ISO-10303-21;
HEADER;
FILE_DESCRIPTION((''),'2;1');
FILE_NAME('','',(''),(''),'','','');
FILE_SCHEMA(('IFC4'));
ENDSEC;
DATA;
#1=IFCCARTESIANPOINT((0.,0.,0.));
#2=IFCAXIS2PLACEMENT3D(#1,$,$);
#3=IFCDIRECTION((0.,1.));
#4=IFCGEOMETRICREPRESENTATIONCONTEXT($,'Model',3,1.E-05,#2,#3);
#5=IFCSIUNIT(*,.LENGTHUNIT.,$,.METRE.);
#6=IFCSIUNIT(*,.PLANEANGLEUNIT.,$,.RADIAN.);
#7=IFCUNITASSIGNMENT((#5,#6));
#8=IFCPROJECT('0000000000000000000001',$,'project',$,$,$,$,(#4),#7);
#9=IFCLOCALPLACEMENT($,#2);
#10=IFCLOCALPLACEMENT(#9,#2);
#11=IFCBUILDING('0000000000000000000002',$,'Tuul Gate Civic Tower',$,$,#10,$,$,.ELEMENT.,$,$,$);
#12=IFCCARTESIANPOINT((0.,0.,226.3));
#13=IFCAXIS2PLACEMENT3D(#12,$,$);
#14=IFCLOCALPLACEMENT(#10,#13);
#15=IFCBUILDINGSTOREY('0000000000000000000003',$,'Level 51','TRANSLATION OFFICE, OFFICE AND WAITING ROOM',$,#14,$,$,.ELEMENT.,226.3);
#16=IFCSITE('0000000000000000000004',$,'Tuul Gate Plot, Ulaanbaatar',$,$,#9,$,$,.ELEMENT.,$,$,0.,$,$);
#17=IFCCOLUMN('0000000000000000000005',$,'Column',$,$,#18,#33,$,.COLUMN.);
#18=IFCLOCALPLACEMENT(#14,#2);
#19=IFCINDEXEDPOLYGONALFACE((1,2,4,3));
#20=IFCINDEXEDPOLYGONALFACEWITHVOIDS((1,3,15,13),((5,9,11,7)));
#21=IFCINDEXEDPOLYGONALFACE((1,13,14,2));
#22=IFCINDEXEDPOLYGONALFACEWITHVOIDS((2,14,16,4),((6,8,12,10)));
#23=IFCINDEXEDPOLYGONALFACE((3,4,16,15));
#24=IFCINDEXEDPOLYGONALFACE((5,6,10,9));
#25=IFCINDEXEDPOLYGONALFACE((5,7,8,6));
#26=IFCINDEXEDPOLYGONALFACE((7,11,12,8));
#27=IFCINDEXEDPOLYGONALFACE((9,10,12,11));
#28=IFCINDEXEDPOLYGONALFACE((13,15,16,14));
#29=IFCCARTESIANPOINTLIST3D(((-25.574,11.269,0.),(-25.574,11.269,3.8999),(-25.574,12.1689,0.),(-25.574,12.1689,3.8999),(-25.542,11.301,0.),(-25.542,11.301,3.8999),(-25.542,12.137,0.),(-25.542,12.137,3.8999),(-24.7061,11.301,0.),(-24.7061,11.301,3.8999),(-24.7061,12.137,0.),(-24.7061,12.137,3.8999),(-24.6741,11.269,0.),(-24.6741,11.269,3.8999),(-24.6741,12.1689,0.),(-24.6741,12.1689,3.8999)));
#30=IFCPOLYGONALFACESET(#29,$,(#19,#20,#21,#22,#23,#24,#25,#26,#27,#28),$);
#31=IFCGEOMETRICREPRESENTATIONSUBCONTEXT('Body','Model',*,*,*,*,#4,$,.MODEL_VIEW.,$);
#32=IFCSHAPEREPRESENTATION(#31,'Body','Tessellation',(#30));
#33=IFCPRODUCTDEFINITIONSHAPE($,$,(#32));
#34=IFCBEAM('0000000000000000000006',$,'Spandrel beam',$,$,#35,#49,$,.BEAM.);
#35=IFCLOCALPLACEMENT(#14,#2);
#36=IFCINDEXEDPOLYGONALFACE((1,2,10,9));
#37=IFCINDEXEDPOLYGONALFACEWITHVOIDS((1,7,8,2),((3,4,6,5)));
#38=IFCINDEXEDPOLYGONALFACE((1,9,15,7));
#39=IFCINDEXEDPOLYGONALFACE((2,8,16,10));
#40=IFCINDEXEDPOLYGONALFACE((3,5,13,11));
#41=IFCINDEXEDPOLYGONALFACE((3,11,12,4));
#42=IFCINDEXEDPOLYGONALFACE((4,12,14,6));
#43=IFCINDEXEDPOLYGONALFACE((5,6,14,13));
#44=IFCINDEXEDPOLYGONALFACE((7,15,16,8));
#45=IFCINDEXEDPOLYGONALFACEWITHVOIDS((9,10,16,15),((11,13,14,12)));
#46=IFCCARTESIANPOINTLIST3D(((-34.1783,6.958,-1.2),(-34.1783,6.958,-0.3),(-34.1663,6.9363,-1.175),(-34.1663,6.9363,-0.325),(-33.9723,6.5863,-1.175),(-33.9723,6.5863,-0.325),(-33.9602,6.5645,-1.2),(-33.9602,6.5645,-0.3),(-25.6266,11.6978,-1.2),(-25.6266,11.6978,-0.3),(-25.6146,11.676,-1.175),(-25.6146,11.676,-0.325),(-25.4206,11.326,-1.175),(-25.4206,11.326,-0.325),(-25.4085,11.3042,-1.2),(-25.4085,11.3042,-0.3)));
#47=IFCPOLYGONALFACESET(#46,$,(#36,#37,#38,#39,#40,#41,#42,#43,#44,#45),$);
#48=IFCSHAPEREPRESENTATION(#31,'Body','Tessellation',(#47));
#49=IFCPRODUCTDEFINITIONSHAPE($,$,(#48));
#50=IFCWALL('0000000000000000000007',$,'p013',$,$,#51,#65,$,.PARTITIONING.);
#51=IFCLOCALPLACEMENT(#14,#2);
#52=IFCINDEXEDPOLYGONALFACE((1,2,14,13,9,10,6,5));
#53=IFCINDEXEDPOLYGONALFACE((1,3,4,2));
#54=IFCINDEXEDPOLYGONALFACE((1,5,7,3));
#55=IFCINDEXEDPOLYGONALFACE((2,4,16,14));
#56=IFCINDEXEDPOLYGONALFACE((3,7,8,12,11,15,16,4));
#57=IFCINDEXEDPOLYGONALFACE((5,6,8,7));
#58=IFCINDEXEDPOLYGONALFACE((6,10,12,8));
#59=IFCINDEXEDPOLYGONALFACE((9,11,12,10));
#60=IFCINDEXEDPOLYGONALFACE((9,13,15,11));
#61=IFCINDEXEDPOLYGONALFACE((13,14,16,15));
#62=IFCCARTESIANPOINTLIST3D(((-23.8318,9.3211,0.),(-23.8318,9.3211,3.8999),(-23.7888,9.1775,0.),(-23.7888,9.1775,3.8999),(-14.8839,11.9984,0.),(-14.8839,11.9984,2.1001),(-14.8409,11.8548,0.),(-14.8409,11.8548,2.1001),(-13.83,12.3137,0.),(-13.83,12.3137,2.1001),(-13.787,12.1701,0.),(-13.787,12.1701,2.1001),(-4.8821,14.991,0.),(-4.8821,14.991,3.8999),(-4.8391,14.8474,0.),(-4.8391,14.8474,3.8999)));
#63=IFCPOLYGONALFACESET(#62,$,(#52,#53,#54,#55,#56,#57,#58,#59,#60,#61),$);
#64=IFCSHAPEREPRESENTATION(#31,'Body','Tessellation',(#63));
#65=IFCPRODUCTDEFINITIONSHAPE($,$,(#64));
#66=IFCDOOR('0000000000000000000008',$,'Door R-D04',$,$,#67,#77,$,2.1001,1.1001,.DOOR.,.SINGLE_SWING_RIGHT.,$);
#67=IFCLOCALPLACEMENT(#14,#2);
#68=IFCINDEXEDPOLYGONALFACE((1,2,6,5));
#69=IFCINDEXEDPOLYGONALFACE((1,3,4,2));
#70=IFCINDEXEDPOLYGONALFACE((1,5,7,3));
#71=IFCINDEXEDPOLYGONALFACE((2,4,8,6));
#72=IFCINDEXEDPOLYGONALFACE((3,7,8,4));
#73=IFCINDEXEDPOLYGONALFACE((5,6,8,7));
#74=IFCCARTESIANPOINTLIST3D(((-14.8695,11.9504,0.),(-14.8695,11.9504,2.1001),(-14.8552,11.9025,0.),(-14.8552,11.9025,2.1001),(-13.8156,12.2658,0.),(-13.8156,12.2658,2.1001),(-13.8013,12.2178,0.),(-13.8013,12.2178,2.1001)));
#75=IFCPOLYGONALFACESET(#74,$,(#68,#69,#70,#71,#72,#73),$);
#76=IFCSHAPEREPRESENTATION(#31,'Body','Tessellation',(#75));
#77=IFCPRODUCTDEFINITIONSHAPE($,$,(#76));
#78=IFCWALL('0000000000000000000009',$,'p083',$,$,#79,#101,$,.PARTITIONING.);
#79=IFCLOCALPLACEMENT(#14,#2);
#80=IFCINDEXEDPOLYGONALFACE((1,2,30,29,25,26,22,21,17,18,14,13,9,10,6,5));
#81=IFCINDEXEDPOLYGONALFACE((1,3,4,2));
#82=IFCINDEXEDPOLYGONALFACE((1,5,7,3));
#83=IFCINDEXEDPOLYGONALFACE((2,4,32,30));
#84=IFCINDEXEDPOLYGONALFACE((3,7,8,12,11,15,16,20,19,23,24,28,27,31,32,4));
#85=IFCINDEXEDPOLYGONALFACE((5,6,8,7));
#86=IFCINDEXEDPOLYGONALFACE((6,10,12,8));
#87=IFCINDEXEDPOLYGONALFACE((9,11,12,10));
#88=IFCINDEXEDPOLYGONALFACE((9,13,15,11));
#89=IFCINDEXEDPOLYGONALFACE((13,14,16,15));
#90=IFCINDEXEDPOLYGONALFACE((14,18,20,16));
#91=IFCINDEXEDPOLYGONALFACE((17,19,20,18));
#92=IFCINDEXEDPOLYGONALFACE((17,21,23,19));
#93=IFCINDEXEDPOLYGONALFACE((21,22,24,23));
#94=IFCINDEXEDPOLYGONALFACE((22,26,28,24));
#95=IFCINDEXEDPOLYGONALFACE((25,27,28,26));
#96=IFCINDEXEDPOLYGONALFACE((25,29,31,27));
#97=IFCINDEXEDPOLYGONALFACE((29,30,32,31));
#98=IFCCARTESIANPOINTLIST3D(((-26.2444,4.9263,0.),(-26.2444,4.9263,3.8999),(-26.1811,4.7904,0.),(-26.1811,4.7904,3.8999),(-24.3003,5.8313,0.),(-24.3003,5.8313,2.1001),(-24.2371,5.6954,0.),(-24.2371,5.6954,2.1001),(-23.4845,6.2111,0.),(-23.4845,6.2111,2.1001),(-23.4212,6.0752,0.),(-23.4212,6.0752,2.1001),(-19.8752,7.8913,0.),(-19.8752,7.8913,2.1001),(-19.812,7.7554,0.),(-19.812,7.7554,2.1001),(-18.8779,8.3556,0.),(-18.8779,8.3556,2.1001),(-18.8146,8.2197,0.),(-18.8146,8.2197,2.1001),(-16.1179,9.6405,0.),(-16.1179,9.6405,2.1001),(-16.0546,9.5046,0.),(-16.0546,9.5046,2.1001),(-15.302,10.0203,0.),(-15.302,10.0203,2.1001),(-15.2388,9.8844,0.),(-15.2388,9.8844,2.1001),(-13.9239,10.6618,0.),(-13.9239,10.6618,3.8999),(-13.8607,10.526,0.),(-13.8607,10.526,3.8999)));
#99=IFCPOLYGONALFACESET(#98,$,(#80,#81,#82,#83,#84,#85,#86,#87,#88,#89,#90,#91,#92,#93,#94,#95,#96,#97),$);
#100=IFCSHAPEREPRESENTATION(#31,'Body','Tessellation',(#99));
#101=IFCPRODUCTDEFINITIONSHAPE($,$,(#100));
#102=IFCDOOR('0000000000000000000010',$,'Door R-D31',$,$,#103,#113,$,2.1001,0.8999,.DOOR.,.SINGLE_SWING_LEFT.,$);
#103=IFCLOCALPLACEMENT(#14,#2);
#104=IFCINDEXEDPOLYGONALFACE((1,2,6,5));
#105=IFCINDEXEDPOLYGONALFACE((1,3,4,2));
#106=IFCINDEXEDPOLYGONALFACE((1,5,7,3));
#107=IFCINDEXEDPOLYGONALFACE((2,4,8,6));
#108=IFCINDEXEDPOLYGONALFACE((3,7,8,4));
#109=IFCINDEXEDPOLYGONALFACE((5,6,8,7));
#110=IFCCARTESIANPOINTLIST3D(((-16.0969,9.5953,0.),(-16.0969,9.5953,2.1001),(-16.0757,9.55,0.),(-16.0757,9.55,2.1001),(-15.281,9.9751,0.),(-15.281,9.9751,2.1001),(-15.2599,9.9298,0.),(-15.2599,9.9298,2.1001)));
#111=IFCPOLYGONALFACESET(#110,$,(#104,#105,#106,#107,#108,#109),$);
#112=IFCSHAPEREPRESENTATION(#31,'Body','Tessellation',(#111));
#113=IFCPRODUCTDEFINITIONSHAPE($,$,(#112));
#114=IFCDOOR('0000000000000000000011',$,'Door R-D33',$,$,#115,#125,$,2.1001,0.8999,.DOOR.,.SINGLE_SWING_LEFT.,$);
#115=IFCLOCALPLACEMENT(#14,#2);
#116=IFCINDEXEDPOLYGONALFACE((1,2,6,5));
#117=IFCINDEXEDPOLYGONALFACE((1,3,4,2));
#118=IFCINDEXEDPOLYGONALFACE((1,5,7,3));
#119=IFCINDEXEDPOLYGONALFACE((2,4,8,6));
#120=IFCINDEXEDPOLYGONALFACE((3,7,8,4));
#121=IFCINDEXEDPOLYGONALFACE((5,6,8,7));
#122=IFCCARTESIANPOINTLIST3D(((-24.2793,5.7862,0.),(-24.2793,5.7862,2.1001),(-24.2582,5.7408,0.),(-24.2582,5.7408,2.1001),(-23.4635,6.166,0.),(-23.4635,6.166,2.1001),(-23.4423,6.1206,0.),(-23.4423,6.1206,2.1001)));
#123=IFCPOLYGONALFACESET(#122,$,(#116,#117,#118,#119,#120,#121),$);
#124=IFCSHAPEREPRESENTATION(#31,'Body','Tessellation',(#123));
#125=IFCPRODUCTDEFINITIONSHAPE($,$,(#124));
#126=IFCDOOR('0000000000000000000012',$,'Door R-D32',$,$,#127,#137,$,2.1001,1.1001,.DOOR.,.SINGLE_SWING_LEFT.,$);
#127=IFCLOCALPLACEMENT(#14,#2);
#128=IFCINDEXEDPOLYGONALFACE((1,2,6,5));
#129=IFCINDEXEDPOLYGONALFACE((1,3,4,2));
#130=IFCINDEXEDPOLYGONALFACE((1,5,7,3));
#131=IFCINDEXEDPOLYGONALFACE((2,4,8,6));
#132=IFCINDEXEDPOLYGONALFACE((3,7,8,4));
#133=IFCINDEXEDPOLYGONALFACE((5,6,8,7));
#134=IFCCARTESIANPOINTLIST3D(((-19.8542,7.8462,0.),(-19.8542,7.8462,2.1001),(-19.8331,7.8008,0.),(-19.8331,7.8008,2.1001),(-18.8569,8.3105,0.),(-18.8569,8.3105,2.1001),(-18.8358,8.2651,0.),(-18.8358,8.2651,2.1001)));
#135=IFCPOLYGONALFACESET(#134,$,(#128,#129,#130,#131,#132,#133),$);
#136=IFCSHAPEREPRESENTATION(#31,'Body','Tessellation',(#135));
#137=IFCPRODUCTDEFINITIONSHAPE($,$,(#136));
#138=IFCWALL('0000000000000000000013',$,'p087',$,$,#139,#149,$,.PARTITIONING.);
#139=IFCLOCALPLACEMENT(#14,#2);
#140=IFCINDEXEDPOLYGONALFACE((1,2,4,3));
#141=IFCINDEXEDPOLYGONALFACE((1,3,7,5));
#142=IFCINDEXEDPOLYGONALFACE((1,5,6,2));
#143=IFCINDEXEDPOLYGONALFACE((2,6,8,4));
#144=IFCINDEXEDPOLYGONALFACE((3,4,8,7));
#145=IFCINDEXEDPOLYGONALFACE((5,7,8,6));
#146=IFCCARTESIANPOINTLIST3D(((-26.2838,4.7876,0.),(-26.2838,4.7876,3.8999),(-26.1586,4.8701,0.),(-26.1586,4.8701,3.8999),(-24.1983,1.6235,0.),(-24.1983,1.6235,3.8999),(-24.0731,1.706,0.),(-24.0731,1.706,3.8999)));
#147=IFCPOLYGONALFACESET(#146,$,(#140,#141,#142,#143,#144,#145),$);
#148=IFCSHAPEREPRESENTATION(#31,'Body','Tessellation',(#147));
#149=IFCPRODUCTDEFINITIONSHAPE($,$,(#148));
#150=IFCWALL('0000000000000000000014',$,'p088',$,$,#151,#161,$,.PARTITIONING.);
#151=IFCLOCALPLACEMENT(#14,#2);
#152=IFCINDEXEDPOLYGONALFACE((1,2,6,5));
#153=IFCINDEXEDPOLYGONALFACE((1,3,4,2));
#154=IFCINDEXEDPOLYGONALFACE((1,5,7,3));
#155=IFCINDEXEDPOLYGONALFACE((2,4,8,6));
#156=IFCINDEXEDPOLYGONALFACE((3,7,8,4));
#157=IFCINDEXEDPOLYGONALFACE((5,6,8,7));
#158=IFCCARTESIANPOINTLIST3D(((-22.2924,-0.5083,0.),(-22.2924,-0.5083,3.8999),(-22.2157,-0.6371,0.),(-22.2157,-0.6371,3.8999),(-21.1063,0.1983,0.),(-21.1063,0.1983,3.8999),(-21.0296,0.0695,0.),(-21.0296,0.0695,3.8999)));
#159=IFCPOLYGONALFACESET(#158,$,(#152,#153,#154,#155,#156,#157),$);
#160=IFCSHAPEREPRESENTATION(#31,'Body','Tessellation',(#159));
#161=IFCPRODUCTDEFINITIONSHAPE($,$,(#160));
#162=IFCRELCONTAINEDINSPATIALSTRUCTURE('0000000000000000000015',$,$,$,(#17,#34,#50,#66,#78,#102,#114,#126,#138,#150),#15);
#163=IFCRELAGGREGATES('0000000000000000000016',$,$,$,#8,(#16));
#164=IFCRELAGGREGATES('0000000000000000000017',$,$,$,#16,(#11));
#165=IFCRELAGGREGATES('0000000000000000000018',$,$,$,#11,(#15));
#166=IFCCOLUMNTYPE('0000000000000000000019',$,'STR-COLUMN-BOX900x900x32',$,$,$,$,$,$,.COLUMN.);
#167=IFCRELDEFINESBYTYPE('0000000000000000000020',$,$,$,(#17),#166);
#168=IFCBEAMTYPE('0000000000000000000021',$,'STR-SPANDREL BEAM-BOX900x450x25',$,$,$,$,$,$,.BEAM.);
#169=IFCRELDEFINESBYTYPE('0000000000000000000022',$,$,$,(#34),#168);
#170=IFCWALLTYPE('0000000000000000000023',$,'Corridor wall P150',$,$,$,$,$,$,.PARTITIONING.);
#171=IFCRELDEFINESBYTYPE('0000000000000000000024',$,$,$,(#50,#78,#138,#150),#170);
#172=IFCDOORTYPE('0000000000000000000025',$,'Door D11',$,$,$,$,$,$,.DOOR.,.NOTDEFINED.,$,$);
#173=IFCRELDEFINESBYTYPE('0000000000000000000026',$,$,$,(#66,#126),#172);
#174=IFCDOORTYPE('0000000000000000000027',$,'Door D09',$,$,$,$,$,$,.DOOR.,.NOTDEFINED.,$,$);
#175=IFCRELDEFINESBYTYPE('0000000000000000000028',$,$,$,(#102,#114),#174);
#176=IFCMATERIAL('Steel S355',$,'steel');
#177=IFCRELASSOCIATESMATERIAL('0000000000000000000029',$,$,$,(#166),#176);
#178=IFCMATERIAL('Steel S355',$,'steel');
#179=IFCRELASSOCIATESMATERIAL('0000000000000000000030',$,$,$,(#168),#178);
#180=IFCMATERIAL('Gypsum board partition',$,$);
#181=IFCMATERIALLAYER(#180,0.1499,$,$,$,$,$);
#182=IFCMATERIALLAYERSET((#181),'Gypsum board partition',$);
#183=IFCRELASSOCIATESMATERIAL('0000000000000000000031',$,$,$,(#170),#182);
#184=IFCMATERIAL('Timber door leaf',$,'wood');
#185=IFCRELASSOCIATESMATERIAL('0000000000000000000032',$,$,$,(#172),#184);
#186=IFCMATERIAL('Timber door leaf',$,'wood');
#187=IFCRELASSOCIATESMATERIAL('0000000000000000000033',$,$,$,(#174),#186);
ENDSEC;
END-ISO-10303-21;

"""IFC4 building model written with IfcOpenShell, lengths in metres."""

from ifc_helpers import new_model, si_unit, direction, frame, frame_2d, origin, origin_2d, place, context, subcontext, project, spatial, rectangle, hollow_rectangle, extrude, material, layer, layer_set, material_profile, profile_set, type_object, element, fill, save


model = new_model("IFC4")

# Units and contexts
model_context = context("Model", 3, precision=1e-05, world=origin(), true_north=direction((0.0, 1.0)))
body_context = subcontext(model_context, "Body", "Model", "MODEL_VIEW")
ifc_project = project(units=[si_unit("LENGTHUNIT", "METRE"), si_unit("PLANEANGLEUNIT", "RADIAN")], contexts=[model_context])

# Site, building, storey
site_placement = place(None, origin())
site = spatial("IfcSite", under=ifc_project, at=site_placement, Name="Tuul Gate Plot, Ulaanbaatar", CompositionType="ELEMENT", RefElevation=0.0)
building_placement = place(site_placement, origin())
building = spatial("IfcBuilding", under=site, at=building_placement, Name="Tuul Gate Civic Tower", CompositionType="ELEMENT")
storey_placement = place(building_placement, frame((0.0, 0.0, 226.3)))
storey = spatial("IfcBuildingStorey", under=building, at=storey_placement, Name="Level 51", Description="TRANSLATION OFFICE, OFFICE AND WAITING ROOM", CompositionType="ELEMENT", Elevation=226.3)

# Column
ifc_material_1 = material(Name="Steel S355", Category="steel")
ifc_material_profile_1 = material_profile(ifc_material_1, hollow_rectangle(XDim=0.8999, YDim=0.8999, WallThickness=0.032, at=origin_2d()), Name="BOX900x900x32")
ifc_profile_set_1 = profile_set([ifc_material_profile_1], Name="Steel S355")
column_type = type_object("IfcColumnType", Name="STR-COLUMN-BOX900x900x32", PredefinedType="COLUMN", material=ifc_profile_set_1)
column_placement = place(storey_placement, frame((-25.124, 11.719, 0.0), z_axis=(0.0, 0.0, 1.0), x_axis=(1.0, 0.0, 0.0)))
element("IfcColumn", 1, at=column_placement, inside=storey, type_object=column_type, Name="Column", PredefinedType="COLUMN", context=body_context, shape_type="SweptSolid", body=[
    extrude(hollow_rectangle(XDim=0.8999, YDim=0.8999, WallThickness=0.032, at=origin_2d()), origin(), (0.0, 0.0, 1.0), 3.8999),
])

# Beam
ifc_material_2 = material(Name="Steel S355", Category="steel")
ifc_material_profile_2 = material_profile(ifc_material_2, hollow_rectangle(XDim=0.45, YDim=0.8999, WallThickness=0.0249, at=origin_2d()), Name="BOX900x450x25")
ifc_profile_set_2 = profile_set([ifc_material_profile_2], Name="Steel S355")
beam_type = type_object("IfcBeamType", Name="STR-SPANDREL BEAM-BOX900x450x25", PredefinedType="BEAM", material=ifc_profile_set_2)
beam_placement = place(storey_placement, frame((-25.5176, 11.501, -0.75), z_axis=(-0.874644, -0.484765, 0.0), x_axis=(0.484765, -0.874644, 0.0)))
element("IfcBeam", 2, at=beam_placement, inside=storey, type_object=beam_type, Name="Spandrel beam", PredefinedType="BEAM", context=body_context, shape_type="SweptSolid", body=[
    extrude(hollow_rectangle(XDim=0.45, YDim=0.8999, WallThickness=0.0249, at=origin_2d()), origin(), (0.0, 0.0, 1.0), 9.7773),
])

# Wall, opening, door
ifc_material_3 = material(Name="Gypsum board partition")
ifc_layer_1 = layer(ifc_material_3, 0.1499)
ifc_layer_set_1 = layer_set([ifc_layer_1], Name="Gypsum board partition")
wall_type_1 = type_object("IfcWallType", Name="Corridor wall P150", PredefinedType="PARTITIONING", material=ifc_layer_set_1)
wall_1_placement = place(storey_placement, frame((-23.8103, 9.2493, 0.0), z_axis=(0.0, 0.0, 1.0), x_axis=(0.958035, 0.286653, 0.0)))
wall_1 = element("IfcWall", 3, at=wall_1_placement, inside=storey, type_object=wall_type_1, Name="p013", PredefinedType="PARTITIONING", context=body_context, shape_type="SweptSolid", body=[
    extrude(rectangle(XDim=19.7798, YDim=0.1499, at=frame_2d((9.8899, 0.0))), origin(), (0.0, 0.0, 1.0), 3.8999),
])
opening_1_placement = place(wall_1_placement, frame((9.3398, 0.0, 0.0)))
opening_1 = element("IfcOpeningElement", 4, at=opening_1_placement, cuts=wall_1, PredefinedType="OPENING", context=body_context, shape_type="SweptSolid", body=[
    extrude(rectangle(XDim=1.1001, YDim=2.1001, at=frame_2d((0.55, 1.05))), frame((0.0, 0.085, 0.0), z_axis=(0.0, -1.0, 0.0), x_axis=(1.0, 0.0, 0.0)), (0.0, 0.0, 1.0), 0.1699),
])
ifc_material_4 = material(Name="Timber door leaf", Category="wood")
door_type_1 = type_object("IfcDoorType", Name="Door D11", OperationType="NOTDEFINED", PredefinedType="DOOR", material=ifc_material_4)
door_1_placement = place(opening_1_placement, origin())
door_1 = element("IfcDoor", 5, at=door_1_placement, inside=storey, type_object=door_type_1, Name="Door R-D04", OperationType="SINGLE_SWING_RIGHT", OverallHeight=2.1001, OverallWidth=1.1001, PredefinedType="DOOR", context=body_context, shape_type="SweptSolid", body=[
    extrude(rectangle(XDim=1.1001, YDim=2.1001, at=frame_2d((0.55, 1.05))), frame((0.0, 0.0249, 0.0), z_axis=(0.0, -1.0, 0.0), x_axis=(1.0, 0.0, 0.0)), (0.0, 0.0, 1.0), 0.05),
])
fill(opening_1, door_1)

# Wall, openings, doors
wall_2_placement = place(storey_placement, frame((-26.2126, 4.8584, 0.0), z_axis=(0.0, 0.0, 1.0), x_axis=(0.906577, 0.42204, 0.0)))
wall_2 = element("IfcWall", 6, at=wall_2_placement, inside=storey, type_object=wall_type_1, Name="p083", PredefinedType="PARTITIONING", context=body_context, shape_type="SweptSolid", body=[
    extrude(rectangle(XDim=13.5901, YDim=0.1499, at=frame_2d((6.7949, 0.0))), origin(), (0.0, 0.0, 1.0), 3.8999),
])
opening_2_placement = place(wall_2_placement, frame((11.1699, 0.0, 0.0)))
opening_2 = element("IfcOpeningElement", 7, at=opening_2_placement, cuts=wall_2, PredefinedType="OPENING", context=body_context, shape_type="SweptSolid", body=[
    extrude(rectangle(XDim=0.8999, YDim=2.1001, at=frame_2d((0.45, 1.05))), frame((0.0, 0.085, 0.0), z_axis=(0.0, -1.0, 0.0), x_axis=(1.0, 0.0, 0.0)), (0.0, 0.0, 1.0), 0.1699),
])
opening_3_placement = place(wall_2_placement, frame((7.0254, 0.0, 0.0)))
opening_3 = element("IfcOpeningElement", 8, at=opening_3_placement, cuts=wall_2, PredefinedType="OPENING", context=body_context, shape_type="SweptSolid", body=[
    extrude(rectangle(XDim=1.1001, YDim=2.1001, at=frame_2d((0.55, 1.05))), frame((0.0, 0.085, 0.0), z_axis=(0.0, -1.0, 0.0), x_axis=(1.0, 0.0, 0.0)), (0.0, 0.0, 1.0), 0.1699),
])
opening_4_placement = place(wall_2_placement, frame((2.1443, 0.0, 0.0)))
opening_4 = element("IfcOpeningElement", 9, at=opening_4_placement, cuts=wall_2, PredefinedType="OPENING", context=body_context, shape_type="SweptSolid", body=[
    extrude(rectangle(XDim=0.8999, YDim=2.1001, at=frame_2d((0.45, 1.05))), frame((0.0, 0.085, 0.0), z_axis=(0.0, -1.0, 0.0), x_axis=(1.0, 0.0, 0.0)), (0.0, 0.0, 1.0), 0.1699),
])
ifc_material_5 = material(Name="Timber door leaf", Category="wood")
door_type_2 = type_object("IfcDoorType", Name="Door D09", OperationType="NOTDEFINED", PredefinedType="DOOR", material=ifc_material_5)
door_2_placement = place(opening_2_placement, frame((0.8999, 0.0, 0.0), z_axis=(0.0, 0.0, 1.0), x_axis=(-1.0, 0.0, 0.0)))
door_2 = element("IfcDoor", 10, at=door_2_placement, inside=storey, type_object=door_type_2, Name="Door R-D31", OperationType="SINGLE_SWING_LEFT", OverallHeight=2.1001, OverallWidth=0.8999, PredefinedType="DOOR", context=body_context, shape_type="SweptSolid", body=[
    extrude(rectangle(XDim=0.8999, YDim=2.1001, at=frame_2d((0.45, 1.05))), frame((0.0, 0.0249, 0.0), z_axis=(0.0, -1.0, 0.0), x_axis=(1.0, 0.0, 0.0)), (0.0, 0.0, 1.0), 0.05),
])
fill(opening_2, door_2)
door_3_placement = place(opening_4_placement, frame((0.8999, 0.0, 0.0), z_axis=(0.0, 0.0, 1.0), x_axis=(-1.0, 0.0, 0.0)))
door_3 = element("IfcDoor", 11, at=door_3_placement, inside=storey, type_object=door_type_2, Name="Door R-D33", OperationType="SINGLE_SWING_LEFT", OverallHeight=2.1001, OverallWidth=0.8999, PredefinedType="DOOR", context=body_context, shape_type="SweptSolid", body=[
    extrude(rectangle(XDim=0.8999, YDim=2.1001, at=frame_2d((0.45, 1.05))), frame((0.0, 0.0249, 0.0), z_axis=(0.0, -1.0, 0.0), x_axis=(1.0, 0.0, 0.0)), (0.0, 0.0, 1.0), 0.05),
])
fill(opening_4, door_3)
door_4_placement = place(opening_3_placement, frame((1.1001, 0.0, 0.0), z_axis=(0.0, 0.0, 1.0), x_axis=(-1.0, 0.0, 0.0)))
door_4 = element("IfcDoor", 12, at=door_4_placement, inside=storey, type_object=door_type_1, Name="Door R-D32", OperationType="SINGLE_SWING_LEFT", OverallHeight=2.1001, OverallWidth=1.1001, PredefinedType="DOOR", context=body_context, shape_type="SweptSolid", body=[
    extrude(rectangle(XDim=1.1001, YDim=2.1001, at=frame_2d((0.55, 1.05))), frame((0.0, 0.0249, 0.0), z_axis=(0.0, -1.0, 0.0), x_axis=(1.0, 0.0, 0.0)), (0.0, 0.0, 1.0), 0.05),
])
fill(opening_3, door_4)

# Walls
wall_3_placement = place(storey_placement, frame((-26.2212, 4.8289, 0.0), z_axis=(0.0, 0.0, 1.0), x_axis=(0.550322, -0.834953, 0.0)))
element("IfcWall", 13, at=wall_3_placement, inside=storey, type_object=wall_type_1, Name="p087", PredefinedType="PARTITIONING", context=body_context, shape_type="SweptSolid", body=[
    extrude(rectangle(XDim=3.7896, YDim=0.1499, at=frame_2d((1.8948, 0.0))), origin(), (0.0, 0.0, 1.0), 3.8999),
])
wall_4_placement = place(storey_placement, frame((-22.2542, -0.5728, 0.0), z_axis=(0.0, 0.0, 1.0), x_axis=(0.859111, 0.511789, 0.0)))
element("IfcWall", 14, at=wall_4_placement, inside=storey, type_object=wall_type_1, Name="p088", PredefinedType="PARTITIONING", context=body_context, shape_type="SweptSolid", body=[
    extrude(rectangle(XDim=1.3806, YDim=0.1499, at=frame_2d((0.6904, 0.0))), origin(), (0.0, 0.0, 1.0), 3.8999),
])

save(model, "model.ifc")
